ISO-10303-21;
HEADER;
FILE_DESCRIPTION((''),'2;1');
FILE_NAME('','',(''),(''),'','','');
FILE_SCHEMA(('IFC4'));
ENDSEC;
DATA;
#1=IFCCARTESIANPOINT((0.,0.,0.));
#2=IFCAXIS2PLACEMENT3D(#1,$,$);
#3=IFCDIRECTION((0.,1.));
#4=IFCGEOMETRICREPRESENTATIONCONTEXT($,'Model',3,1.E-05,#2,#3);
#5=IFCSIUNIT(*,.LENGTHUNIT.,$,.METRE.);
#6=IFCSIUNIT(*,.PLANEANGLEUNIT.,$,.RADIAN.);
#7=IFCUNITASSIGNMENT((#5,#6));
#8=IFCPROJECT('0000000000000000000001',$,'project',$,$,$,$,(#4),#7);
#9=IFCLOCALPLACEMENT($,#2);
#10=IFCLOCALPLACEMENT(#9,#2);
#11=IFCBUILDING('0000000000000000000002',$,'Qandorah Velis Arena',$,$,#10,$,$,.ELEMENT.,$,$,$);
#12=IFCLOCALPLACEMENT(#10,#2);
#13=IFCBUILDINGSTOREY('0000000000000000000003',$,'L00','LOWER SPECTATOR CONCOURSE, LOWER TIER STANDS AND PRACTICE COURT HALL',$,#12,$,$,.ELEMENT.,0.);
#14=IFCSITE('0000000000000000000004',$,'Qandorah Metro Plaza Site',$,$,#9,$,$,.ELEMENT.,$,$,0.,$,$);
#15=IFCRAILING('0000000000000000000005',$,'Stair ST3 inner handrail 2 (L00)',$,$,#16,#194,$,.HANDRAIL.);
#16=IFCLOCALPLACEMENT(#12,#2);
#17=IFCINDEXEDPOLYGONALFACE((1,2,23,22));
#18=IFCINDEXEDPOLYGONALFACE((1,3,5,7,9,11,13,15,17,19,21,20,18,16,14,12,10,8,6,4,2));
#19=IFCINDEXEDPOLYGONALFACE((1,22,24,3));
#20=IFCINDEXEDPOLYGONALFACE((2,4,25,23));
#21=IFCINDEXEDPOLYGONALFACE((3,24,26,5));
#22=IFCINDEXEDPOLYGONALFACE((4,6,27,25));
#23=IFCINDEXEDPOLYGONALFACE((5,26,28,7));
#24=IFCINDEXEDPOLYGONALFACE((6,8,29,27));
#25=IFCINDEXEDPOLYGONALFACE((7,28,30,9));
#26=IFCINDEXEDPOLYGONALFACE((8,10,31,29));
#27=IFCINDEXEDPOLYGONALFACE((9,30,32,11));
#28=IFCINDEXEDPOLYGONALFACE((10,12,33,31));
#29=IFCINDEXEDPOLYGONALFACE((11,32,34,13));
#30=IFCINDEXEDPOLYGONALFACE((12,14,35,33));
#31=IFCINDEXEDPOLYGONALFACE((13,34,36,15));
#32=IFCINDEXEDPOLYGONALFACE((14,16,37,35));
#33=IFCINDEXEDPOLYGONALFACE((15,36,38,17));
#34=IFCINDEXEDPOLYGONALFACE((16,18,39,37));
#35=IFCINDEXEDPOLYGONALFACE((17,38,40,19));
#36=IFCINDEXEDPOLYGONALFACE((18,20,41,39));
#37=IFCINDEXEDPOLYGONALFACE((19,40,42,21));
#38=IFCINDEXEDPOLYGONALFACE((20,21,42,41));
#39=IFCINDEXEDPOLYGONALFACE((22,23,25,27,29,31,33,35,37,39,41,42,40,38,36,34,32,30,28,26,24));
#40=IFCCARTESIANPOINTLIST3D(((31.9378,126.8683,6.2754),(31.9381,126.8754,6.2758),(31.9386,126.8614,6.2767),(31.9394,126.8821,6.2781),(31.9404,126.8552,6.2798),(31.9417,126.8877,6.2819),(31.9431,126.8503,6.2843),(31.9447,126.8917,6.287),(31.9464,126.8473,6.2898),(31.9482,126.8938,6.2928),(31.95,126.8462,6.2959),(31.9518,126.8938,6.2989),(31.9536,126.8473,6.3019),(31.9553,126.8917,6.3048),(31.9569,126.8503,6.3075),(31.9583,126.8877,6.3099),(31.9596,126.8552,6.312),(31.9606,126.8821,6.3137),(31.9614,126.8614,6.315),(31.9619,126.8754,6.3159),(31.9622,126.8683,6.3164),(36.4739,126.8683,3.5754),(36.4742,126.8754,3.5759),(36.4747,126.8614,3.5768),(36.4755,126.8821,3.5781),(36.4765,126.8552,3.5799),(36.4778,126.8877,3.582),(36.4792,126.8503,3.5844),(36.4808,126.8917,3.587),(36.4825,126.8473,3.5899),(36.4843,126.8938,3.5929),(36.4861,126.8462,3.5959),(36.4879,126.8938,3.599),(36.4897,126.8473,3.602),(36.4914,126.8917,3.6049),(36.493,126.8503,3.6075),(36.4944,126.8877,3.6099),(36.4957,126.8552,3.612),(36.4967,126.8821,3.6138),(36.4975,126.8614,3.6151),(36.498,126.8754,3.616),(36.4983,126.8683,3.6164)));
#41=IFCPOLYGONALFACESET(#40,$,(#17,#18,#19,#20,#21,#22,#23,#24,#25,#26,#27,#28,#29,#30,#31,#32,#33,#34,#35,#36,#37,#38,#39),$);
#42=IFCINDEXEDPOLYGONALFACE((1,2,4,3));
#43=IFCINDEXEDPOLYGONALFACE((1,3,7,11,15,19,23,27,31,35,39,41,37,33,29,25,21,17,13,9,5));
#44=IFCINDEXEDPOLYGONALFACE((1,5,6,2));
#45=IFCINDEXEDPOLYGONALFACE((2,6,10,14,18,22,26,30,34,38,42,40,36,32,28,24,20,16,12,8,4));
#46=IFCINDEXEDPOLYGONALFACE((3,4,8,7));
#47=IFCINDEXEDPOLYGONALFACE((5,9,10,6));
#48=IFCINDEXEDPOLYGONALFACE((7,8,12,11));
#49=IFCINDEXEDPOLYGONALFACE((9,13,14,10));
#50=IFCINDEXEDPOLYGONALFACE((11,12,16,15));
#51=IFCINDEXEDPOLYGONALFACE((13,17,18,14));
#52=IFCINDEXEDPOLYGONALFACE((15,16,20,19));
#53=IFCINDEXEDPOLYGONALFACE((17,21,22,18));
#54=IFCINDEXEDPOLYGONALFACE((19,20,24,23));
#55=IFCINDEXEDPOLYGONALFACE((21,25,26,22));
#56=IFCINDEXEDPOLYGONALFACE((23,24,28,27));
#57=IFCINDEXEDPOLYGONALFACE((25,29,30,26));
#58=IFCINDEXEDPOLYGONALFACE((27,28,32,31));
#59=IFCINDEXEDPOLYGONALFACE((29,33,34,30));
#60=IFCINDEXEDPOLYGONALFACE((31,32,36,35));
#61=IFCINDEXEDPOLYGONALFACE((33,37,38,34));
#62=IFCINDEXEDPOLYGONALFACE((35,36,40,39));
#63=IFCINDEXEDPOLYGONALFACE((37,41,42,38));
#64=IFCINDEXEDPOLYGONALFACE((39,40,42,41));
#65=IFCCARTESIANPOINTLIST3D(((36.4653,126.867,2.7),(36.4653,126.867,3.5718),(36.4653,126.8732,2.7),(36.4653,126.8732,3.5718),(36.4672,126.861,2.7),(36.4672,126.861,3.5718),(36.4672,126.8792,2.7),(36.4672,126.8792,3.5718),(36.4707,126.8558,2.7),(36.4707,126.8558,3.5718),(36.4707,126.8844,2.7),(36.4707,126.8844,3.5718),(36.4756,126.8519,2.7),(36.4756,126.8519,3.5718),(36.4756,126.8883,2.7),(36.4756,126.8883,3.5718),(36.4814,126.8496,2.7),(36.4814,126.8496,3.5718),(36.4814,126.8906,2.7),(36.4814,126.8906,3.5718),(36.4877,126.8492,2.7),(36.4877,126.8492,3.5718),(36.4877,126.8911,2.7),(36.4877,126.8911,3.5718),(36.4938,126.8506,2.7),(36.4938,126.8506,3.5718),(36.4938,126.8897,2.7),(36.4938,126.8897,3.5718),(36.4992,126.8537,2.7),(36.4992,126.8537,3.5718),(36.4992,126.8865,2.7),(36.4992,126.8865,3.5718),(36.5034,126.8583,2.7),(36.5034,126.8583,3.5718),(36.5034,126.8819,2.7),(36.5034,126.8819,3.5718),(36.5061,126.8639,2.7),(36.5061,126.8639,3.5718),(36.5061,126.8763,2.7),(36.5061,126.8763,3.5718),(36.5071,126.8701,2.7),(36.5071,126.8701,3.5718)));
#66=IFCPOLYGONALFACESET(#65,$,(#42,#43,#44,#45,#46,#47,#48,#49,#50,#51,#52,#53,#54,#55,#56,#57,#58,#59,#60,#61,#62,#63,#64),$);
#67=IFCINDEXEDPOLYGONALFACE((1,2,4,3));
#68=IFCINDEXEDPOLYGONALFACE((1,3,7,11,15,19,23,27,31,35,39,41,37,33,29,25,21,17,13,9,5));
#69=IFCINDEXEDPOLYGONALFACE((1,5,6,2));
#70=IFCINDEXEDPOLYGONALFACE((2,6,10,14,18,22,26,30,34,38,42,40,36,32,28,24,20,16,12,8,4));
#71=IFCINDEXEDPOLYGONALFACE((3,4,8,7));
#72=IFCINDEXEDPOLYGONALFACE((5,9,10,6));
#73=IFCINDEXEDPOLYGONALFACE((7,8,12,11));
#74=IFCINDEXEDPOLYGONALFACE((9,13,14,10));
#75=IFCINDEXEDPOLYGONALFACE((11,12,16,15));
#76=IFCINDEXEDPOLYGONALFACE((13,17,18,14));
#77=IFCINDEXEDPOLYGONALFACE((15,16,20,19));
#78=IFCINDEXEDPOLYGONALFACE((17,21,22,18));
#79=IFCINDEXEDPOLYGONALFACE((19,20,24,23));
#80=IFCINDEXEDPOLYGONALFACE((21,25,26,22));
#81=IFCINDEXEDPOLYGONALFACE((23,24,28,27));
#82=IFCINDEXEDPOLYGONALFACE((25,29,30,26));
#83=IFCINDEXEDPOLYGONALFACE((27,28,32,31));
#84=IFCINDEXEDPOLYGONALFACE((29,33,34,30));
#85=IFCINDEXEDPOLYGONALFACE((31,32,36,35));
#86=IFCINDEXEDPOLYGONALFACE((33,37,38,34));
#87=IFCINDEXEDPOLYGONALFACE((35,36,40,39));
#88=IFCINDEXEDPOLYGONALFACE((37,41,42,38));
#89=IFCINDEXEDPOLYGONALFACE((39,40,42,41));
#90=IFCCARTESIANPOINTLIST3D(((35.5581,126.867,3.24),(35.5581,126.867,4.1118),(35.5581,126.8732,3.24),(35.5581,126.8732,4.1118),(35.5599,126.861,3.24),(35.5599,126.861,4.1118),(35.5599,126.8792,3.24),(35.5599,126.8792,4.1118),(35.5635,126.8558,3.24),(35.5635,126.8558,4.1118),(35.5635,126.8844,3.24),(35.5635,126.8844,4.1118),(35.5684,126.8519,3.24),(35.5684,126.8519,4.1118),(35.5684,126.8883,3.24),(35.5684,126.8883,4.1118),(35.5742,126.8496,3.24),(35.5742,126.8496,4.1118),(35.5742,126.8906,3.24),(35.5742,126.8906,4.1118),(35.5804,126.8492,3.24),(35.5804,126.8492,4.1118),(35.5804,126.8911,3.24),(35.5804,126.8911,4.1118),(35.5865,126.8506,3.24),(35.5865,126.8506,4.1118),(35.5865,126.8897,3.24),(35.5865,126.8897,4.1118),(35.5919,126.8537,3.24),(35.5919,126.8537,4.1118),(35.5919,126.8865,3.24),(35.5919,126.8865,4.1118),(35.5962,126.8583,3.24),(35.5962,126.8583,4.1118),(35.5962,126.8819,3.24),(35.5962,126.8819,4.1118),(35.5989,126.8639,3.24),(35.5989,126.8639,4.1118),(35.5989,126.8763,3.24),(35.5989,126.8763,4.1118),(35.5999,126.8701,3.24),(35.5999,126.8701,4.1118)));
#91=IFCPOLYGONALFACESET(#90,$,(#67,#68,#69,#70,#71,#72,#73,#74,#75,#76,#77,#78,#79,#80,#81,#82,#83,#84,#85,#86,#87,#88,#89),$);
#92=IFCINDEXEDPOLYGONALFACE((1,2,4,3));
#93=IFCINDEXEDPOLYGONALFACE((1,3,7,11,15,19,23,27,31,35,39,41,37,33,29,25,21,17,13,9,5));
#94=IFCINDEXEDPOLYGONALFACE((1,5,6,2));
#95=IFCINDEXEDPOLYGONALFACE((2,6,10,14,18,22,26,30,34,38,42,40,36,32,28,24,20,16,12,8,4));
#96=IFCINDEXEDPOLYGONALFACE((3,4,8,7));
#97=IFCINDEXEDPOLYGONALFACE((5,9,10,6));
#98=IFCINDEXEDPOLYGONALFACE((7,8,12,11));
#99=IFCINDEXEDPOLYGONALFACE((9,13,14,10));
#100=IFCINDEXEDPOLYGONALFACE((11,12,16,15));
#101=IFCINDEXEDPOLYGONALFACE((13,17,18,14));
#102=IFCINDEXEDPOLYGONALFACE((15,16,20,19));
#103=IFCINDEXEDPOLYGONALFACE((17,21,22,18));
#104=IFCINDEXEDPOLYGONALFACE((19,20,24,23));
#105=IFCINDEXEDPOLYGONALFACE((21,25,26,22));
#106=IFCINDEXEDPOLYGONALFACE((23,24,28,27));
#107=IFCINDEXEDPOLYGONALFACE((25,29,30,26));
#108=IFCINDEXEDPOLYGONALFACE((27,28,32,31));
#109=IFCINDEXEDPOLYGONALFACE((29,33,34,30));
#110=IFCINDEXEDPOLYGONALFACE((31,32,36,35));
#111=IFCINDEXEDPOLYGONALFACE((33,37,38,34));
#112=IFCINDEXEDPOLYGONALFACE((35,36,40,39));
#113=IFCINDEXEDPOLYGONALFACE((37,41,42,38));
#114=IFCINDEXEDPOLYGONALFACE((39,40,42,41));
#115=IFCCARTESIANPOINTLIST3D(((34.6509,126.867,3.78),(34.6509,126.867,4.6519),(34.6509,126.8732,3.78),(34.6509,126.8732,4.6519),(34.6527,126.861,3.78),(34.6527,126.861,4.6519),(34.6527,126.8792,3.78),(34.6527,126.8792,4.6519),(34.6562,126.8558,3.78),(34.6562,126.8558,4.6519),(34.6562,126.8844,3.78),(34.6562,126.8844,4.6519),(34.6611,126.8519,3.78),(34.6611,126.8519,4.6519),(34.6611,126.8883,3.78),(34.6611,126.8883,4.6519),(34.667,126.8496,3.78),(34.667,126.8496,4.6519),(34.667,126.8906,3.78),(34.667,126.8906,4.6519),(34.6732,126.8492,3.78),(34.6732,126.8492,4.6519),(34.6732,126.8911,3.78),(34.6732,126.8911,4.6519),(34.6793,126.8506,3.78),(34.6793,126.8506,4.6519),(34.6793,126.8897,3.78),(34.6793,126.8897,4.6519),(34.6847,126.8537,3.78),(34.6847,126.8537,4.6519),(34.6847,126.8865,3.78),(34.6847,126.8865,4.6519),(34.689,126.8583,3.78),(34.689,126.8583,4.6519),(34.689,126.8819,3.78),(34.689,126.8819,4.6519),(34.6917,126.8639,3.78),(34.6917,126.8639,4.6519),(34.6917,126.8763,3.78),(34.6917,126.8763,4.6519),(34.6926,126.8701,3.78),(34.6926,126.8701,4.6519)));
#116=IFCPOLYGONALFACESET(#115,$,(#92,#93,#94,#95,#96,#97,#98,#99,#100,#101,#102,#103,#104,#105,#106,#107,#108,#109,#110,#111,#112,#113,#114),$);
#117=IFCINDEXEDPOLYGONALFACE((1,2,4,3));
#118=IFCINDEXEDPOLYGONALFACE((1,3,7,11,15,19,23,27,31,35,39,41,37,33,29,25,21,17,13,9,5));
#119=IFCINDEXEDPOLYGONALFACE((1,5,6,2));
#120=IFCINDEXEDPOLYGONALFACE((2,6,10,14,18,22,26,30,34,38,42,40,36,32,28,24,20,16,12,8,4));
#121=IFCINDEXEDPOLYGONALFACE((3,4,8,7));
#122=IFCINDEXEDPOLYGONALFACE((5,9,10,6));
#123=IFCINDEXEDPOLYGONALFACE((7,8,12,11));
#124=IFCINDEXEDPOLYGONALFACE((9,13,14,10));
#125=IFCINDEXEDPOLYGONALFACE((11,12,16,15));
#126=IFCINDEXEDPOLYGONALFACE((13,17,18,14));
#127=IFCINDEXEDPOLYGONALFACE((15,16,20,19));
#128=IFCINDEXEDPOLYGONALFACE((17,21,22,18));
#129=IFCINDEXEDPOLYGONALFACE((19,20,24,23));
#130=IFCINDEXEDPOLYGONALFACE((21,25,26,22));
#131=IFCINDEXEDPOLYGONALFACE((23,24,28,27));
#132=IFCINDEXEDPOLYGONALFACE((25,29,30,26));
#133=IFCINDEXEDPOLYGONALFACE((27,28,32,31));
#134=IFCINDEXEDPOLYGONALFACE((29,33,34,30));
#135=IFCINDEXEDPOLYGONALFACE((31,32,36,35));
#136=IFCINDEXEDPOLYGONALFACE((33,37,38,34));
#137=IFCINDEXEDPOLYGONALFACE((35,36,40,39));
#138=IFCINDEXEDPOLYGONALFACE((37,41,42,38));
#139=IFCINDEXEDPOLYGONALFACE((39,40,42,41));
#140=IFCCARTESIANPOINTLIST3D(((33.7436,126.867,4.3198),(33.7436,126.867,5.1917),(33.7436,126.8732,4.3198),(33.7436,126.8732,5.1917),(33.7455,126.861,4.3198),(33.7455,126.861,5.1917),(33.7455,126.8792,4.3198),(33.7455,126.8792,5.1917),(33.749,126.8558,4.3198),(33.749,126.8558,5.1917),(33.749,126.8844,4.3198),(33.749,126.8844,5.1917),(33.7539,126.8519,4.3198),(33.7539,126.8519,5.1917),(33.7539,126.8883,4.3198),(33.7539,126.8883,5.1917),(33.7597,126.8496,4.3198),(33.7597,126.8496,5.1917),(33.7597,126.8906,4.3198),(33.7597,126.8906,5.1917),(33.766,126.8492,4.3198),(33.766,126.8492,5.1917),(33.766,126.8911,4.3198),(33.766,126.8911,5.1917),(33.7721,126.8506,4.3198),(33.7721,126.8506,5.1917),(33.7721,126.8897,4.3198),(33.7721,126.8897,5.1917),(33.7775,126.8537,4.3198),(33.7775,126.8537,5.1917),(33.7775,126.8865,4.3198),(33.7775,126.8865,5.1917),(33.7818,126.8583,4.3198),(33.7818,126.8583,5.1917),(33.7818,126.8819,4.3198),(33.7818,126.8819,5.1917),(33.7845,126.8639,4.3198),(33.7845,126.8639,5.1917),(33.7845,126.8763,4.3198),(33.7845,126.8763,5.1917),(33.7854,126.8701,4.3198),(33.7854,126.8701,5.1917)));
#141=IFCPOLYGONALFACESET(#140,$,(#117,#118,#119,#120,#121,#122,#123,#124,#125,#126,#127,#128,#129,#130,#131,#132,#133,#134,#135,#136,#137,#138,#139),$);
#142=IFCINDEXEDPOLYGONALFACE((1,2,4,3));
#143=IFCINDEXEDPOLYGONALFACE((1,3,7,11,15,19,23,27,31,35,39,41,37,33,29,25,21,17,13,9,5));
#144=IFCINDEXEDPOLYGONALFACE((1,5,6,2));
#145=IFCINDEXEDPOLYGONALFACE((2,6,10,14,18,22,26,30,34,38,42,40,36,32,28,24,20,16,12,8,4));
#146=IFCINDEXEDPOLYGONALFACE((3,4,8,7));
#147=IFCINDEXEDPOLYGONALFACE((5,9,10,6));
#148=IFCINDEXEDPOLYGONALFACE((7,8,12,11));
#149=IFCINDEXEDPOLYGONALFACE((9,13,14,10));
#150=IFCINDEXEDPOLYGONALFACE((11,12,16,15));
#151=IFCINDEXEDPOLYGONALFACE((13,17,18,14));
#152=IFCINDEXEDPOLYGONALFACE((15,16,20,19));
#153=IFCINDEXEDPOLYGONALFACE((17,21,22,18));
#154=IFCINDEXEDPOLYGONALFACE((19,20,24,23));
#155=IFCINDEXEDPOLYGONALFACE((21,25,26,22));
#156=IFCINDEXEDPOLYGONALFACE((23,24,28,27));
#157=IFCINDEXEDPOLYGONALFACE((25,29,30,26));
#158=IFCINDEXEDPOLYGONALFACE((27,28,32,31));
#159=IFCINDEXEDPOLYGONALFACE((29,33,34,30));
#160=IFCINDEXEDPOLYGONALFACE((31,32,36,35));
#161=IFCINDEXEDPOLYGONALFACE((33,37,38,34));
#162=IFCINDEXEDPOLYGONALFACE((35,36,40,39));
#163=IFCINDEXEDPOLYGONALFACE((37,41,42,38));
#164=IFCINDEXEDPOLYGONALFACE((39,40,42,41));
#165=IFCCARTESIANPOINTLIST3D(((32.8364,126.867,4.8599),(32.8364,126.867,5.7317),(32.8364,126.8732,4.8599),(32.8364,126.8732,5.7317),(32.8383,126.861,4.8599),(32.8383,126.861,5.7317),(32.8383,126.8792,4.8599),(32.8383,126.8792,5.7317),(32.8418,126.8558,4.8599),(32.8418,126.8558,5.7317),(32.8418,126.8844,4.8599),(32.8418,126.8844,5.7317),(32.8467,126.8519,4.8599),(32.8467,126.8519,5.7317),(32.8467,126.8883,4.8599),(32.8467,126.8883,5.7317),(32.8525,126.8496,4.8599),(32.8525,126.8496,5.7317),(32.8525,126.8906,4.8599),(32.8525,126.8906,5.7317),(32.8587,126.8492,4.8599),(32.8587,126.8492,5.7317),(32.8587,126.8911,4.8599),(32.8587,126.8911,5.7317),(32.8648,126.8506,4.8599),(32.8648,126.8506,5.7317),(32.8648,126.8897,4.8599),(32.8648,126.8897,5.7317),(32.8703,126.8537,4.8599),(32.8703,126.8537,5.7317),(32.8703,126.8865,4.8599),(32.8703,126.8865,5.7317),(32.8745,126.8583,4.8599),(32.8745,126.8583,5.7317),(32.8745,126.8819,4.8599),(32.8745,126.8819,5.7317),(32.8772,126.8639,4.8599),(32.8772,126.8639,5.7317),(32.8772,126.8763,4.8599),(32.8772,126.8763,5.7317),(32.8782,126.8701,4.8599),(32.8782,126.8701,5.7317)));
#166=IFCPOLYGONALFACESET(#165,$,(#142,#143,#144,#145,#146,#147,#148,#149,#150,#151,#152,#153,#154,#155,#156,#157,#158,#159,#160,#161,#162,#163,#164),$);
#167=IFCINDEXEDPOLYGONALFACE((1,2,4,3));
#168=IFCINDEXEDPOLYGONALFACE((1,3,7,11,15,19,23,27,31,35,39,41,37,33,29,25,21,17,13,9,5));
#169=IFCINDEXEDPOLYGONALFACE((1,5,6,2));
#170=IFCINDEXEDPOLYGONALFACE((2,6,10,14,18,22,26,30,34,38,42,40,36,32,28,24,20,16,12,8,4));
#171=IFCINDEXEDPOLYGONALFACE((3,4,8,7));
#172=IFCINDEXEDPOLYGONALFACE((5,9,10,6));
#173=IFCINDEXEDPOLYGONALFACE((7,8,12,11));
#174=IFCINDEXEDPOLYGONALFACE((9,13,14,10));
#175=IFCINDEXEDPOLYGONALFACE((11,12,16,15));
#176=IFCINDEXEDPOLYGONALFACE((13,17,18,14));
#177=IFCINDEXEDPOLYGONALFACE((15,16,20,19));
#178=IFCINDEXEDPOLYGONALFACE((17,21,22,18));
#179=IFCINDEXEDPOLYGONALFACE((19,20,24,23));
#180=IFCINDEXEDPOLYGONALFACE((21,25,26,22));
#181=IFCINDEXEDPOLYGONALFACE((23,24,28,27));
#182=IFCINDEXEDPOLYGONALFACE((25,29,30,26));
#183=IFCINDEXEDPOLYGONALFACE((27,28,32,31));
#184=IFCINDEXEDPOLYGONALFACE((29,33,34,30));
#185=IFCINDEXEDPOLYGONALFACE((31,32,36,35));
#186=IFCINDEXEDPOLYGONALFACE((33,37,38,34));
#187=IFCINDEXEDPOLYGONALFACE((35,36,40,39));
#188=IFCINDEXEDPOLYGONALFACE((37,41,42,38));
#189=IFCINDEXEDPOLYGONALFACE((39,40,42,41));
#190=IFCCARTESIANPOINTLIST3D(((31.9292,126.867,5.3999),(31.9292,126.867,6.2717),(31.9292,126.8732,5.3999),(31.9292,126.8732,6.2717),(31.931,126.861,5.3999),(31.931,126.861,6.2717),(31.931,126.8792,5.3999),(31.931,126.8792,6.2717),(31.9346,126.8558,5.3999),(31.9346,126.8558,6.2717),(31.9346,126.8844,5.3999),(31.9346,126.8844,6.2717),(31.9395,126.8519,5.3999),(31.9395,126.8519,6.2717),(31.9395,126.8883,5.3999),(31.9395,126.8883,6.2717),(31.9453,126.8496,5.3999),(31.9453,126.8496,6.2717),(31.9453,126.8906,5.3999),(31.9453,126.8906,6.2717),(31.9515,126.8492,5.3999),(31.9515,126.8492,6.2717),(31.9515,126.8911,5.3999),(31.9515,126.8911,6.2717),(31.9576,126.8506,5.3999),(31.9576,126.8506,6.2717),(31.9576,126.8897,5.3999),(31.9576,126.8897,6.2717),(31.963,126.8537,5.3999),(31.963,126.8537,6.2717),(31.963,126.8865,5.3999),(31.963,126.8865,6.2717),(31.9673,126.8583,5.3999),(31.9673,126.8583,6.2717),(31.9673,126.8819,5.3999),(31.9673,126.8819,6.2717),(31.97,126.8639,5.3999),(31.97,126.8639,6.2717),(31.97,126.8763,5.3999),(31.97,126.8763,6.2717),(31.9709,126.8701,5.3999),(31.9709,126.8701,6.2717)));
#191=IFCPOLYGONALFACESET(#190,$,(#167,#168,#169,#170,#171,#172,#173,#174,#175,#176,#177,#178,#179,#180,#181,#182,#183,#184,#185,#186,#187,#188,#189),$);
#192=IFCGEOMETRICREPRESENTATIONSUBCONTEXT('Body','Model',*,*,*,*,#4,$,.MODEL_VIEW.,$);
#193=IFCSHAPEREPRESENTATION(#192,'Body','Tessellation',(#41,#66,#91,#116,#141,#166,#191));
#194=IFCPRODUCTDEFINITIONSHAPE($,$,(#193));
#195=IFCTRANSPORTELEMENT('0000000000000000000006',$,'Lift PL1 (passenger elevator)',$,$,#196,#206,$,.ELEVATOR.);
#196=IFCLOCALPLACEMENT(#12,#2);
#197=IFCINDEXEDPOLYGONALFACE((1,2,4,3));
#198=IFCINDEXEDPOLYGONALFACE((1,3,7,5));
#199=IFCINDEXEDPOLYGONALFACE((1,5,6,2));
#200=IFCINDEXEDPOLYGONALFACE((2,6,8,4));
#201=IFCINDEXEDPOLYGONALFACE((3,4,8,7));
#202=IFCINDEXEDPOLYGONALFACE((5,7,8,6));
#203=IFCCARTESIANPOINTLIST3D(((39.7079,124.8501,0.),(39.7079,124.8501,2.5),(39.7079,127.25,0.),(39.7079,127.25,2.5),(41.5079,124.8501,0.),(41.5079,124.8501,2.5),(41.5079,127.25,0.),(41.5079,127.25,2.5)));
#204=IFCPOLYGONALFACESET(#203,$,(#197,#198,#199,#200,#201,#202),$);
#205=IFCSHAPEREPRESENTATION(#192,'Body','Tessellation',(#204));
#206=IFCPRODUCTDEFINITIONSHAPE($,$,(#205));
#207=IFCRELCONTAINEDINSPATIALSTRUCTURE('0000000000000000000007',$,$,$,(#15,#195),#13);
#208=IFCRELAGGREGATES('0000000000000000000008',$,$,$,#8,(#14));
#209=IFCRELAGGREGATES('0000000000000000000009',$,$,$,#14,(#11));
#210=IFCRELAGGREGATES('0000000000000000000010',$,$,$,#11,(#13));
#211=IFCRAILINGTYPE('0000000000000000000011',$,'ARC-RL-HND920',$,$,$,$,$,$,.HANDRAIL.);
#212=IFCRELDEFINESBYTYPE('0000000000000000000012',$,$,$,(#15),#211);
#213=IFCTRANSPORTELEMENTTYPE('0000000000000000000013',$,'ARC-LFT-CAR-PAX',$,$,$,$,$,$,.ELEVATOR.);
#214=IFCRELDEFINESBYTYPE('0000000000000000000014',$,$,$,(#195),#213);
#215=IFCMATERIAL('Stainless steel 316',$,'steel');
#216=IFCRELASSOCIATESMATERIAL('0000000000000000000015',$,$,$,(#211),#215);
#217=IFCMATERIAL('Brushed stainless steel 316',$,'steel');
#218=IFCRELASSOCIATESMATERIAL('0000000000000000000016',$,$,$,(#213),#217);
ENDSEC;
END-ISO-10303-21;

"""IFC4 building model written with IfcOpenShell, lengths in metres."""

from ifc_helpers import new_model, si_unit, direction, frame, origin, origin_2d, place, context, subcontext, project, spatial, rectangle, circle, extrude, material, type_object, element, save


model = new_model("IFC4")

# Units and contexts
model_context = context("Model", 3, precision=1e-05, world=origin(), true_north=direction((0.0, 1.0)))
body_context = subcontext(model_context, "Body", "Model", "MODEL_VIEW")
ifc_project = project(units=[si_unit("LENGTHUNIT", "METRE"), si_unit("PLANEANGLEUNIT", "RADIAN")], contexts=[model_context])

# Site, building, storey
site_placement = place(None, origin())
site = spatial("IfcSite", under=ifc_project, at=site_placement, Name="Qandorah Metro Plaza Site", CompositionType="ELEMENT", RefElevation=0.0)
building_placement = place(site_placement, origin())
building = spatial("IfcBuilding", under=site, at=building_placement, Name="Qandorah Velis Arena", CompositionType="ELEMENT")
storey_placement = place(building_placement, origin())
storey = spatial("IfcBuildingStorey", under=building, at=storey_placement, Name="L00", Description="LOWER SPECTATOR CONCOURSE, LOWER TIER STANDS AND PRACTICE COURT HALL", CompositionType="ELEMENT", Elevation=0.0)

# Railing
ifc_material_1 = material(Name="Stainless steel 316", Category="steel")
railing_type_1 = type_object("IfcRailingType", Name="ARC-RL-HND920", PredefinedType="HANDRAIL", material=ifc_material_1)
railing_1_placement = place(storey_placement, frame((36.4861, 126.8701, 2.7)))
element("IfcRailing", 1, at=railing_1_placement, inside=storey, type_object=railing_type_1, Name="Stair ST3 inner handrail 2 (L00)", PredefinedType="HANDRAIL", context=body_context, shape_type="SweptSolid", body=[
    extrude(circle(Radius=0.0239, at=origin_2d()), frame((0.0, 0.0, 0.896), z_axis=(-0.859304, 0.0, 0.511466), x_axis=(0.0, -1.0, 0.0)), (0.0, 0.0, 1.0), 5.2788),
    extrude(circle(Radius=0.021, at=origin_2d()), origin(), (0.0, 0.0, 1.0), 0.8718),
    extrude(circle(Radius=0.021, at=origin_2d()), frame((-0.9072, 0.0, 0.54)), (0.0, 0.0, 1.0), 0.8718),
    extrude(circle(Radius=0.021, at=origin_2d()), frame((-1.8145, 0.0, 1.0801)), (0.0, 0.0, 1.0), 0.8718),
    extrude(circle(Radius=0.021, at=origin_2d()), frame((-2.7217, 0.0, 1.6199)), (0.0, 0.0, 1.0), 0.8718),
    extrude(circle(Radius=0.021, at=origin_2d()), frame((-3.6289, 0.0, 2.1599)), (0.0, 0.0, 1.0), 0.8718),
    extrude(circle(Radius=0.021, at=origin_2d()), frame((-4.5361, 0.0, 2.7)), (0.0, 0.0, 1.0), 0.8718),
])

# Transport element
ifc_material_2 = material(Name="Brushed stainless steel 316", Category="steel")
transport_element_type = type_object("IfcTransportElementType", Name="ARC-LFT-CAR-PAX", PredefinedType="ELEVATOR", material=ifc_material_2)
transport_element_placement = place(storey_placement, frame((40.6079, 126.05, 0.0), z_axis=(0.0, 0.0, 1.0), x_axis=(1.0, 0.0, 0.0)))
element("IfcTransportElement", 2, at=transport_element_placement, inside=storey, type_object=transport_element_type, Name="Lift PL1 (passenger elevator)", PredefinedType="ELEVATOR", context=body_context, shape_type="SweptSolid", body=[
    extrude(rectangle(XDim=1.8, YDim=2.3999, at=origin_2d()), origin(), (0.0, 0.0, 1.0), 2.5),
])

save(model, "model.ifc")
